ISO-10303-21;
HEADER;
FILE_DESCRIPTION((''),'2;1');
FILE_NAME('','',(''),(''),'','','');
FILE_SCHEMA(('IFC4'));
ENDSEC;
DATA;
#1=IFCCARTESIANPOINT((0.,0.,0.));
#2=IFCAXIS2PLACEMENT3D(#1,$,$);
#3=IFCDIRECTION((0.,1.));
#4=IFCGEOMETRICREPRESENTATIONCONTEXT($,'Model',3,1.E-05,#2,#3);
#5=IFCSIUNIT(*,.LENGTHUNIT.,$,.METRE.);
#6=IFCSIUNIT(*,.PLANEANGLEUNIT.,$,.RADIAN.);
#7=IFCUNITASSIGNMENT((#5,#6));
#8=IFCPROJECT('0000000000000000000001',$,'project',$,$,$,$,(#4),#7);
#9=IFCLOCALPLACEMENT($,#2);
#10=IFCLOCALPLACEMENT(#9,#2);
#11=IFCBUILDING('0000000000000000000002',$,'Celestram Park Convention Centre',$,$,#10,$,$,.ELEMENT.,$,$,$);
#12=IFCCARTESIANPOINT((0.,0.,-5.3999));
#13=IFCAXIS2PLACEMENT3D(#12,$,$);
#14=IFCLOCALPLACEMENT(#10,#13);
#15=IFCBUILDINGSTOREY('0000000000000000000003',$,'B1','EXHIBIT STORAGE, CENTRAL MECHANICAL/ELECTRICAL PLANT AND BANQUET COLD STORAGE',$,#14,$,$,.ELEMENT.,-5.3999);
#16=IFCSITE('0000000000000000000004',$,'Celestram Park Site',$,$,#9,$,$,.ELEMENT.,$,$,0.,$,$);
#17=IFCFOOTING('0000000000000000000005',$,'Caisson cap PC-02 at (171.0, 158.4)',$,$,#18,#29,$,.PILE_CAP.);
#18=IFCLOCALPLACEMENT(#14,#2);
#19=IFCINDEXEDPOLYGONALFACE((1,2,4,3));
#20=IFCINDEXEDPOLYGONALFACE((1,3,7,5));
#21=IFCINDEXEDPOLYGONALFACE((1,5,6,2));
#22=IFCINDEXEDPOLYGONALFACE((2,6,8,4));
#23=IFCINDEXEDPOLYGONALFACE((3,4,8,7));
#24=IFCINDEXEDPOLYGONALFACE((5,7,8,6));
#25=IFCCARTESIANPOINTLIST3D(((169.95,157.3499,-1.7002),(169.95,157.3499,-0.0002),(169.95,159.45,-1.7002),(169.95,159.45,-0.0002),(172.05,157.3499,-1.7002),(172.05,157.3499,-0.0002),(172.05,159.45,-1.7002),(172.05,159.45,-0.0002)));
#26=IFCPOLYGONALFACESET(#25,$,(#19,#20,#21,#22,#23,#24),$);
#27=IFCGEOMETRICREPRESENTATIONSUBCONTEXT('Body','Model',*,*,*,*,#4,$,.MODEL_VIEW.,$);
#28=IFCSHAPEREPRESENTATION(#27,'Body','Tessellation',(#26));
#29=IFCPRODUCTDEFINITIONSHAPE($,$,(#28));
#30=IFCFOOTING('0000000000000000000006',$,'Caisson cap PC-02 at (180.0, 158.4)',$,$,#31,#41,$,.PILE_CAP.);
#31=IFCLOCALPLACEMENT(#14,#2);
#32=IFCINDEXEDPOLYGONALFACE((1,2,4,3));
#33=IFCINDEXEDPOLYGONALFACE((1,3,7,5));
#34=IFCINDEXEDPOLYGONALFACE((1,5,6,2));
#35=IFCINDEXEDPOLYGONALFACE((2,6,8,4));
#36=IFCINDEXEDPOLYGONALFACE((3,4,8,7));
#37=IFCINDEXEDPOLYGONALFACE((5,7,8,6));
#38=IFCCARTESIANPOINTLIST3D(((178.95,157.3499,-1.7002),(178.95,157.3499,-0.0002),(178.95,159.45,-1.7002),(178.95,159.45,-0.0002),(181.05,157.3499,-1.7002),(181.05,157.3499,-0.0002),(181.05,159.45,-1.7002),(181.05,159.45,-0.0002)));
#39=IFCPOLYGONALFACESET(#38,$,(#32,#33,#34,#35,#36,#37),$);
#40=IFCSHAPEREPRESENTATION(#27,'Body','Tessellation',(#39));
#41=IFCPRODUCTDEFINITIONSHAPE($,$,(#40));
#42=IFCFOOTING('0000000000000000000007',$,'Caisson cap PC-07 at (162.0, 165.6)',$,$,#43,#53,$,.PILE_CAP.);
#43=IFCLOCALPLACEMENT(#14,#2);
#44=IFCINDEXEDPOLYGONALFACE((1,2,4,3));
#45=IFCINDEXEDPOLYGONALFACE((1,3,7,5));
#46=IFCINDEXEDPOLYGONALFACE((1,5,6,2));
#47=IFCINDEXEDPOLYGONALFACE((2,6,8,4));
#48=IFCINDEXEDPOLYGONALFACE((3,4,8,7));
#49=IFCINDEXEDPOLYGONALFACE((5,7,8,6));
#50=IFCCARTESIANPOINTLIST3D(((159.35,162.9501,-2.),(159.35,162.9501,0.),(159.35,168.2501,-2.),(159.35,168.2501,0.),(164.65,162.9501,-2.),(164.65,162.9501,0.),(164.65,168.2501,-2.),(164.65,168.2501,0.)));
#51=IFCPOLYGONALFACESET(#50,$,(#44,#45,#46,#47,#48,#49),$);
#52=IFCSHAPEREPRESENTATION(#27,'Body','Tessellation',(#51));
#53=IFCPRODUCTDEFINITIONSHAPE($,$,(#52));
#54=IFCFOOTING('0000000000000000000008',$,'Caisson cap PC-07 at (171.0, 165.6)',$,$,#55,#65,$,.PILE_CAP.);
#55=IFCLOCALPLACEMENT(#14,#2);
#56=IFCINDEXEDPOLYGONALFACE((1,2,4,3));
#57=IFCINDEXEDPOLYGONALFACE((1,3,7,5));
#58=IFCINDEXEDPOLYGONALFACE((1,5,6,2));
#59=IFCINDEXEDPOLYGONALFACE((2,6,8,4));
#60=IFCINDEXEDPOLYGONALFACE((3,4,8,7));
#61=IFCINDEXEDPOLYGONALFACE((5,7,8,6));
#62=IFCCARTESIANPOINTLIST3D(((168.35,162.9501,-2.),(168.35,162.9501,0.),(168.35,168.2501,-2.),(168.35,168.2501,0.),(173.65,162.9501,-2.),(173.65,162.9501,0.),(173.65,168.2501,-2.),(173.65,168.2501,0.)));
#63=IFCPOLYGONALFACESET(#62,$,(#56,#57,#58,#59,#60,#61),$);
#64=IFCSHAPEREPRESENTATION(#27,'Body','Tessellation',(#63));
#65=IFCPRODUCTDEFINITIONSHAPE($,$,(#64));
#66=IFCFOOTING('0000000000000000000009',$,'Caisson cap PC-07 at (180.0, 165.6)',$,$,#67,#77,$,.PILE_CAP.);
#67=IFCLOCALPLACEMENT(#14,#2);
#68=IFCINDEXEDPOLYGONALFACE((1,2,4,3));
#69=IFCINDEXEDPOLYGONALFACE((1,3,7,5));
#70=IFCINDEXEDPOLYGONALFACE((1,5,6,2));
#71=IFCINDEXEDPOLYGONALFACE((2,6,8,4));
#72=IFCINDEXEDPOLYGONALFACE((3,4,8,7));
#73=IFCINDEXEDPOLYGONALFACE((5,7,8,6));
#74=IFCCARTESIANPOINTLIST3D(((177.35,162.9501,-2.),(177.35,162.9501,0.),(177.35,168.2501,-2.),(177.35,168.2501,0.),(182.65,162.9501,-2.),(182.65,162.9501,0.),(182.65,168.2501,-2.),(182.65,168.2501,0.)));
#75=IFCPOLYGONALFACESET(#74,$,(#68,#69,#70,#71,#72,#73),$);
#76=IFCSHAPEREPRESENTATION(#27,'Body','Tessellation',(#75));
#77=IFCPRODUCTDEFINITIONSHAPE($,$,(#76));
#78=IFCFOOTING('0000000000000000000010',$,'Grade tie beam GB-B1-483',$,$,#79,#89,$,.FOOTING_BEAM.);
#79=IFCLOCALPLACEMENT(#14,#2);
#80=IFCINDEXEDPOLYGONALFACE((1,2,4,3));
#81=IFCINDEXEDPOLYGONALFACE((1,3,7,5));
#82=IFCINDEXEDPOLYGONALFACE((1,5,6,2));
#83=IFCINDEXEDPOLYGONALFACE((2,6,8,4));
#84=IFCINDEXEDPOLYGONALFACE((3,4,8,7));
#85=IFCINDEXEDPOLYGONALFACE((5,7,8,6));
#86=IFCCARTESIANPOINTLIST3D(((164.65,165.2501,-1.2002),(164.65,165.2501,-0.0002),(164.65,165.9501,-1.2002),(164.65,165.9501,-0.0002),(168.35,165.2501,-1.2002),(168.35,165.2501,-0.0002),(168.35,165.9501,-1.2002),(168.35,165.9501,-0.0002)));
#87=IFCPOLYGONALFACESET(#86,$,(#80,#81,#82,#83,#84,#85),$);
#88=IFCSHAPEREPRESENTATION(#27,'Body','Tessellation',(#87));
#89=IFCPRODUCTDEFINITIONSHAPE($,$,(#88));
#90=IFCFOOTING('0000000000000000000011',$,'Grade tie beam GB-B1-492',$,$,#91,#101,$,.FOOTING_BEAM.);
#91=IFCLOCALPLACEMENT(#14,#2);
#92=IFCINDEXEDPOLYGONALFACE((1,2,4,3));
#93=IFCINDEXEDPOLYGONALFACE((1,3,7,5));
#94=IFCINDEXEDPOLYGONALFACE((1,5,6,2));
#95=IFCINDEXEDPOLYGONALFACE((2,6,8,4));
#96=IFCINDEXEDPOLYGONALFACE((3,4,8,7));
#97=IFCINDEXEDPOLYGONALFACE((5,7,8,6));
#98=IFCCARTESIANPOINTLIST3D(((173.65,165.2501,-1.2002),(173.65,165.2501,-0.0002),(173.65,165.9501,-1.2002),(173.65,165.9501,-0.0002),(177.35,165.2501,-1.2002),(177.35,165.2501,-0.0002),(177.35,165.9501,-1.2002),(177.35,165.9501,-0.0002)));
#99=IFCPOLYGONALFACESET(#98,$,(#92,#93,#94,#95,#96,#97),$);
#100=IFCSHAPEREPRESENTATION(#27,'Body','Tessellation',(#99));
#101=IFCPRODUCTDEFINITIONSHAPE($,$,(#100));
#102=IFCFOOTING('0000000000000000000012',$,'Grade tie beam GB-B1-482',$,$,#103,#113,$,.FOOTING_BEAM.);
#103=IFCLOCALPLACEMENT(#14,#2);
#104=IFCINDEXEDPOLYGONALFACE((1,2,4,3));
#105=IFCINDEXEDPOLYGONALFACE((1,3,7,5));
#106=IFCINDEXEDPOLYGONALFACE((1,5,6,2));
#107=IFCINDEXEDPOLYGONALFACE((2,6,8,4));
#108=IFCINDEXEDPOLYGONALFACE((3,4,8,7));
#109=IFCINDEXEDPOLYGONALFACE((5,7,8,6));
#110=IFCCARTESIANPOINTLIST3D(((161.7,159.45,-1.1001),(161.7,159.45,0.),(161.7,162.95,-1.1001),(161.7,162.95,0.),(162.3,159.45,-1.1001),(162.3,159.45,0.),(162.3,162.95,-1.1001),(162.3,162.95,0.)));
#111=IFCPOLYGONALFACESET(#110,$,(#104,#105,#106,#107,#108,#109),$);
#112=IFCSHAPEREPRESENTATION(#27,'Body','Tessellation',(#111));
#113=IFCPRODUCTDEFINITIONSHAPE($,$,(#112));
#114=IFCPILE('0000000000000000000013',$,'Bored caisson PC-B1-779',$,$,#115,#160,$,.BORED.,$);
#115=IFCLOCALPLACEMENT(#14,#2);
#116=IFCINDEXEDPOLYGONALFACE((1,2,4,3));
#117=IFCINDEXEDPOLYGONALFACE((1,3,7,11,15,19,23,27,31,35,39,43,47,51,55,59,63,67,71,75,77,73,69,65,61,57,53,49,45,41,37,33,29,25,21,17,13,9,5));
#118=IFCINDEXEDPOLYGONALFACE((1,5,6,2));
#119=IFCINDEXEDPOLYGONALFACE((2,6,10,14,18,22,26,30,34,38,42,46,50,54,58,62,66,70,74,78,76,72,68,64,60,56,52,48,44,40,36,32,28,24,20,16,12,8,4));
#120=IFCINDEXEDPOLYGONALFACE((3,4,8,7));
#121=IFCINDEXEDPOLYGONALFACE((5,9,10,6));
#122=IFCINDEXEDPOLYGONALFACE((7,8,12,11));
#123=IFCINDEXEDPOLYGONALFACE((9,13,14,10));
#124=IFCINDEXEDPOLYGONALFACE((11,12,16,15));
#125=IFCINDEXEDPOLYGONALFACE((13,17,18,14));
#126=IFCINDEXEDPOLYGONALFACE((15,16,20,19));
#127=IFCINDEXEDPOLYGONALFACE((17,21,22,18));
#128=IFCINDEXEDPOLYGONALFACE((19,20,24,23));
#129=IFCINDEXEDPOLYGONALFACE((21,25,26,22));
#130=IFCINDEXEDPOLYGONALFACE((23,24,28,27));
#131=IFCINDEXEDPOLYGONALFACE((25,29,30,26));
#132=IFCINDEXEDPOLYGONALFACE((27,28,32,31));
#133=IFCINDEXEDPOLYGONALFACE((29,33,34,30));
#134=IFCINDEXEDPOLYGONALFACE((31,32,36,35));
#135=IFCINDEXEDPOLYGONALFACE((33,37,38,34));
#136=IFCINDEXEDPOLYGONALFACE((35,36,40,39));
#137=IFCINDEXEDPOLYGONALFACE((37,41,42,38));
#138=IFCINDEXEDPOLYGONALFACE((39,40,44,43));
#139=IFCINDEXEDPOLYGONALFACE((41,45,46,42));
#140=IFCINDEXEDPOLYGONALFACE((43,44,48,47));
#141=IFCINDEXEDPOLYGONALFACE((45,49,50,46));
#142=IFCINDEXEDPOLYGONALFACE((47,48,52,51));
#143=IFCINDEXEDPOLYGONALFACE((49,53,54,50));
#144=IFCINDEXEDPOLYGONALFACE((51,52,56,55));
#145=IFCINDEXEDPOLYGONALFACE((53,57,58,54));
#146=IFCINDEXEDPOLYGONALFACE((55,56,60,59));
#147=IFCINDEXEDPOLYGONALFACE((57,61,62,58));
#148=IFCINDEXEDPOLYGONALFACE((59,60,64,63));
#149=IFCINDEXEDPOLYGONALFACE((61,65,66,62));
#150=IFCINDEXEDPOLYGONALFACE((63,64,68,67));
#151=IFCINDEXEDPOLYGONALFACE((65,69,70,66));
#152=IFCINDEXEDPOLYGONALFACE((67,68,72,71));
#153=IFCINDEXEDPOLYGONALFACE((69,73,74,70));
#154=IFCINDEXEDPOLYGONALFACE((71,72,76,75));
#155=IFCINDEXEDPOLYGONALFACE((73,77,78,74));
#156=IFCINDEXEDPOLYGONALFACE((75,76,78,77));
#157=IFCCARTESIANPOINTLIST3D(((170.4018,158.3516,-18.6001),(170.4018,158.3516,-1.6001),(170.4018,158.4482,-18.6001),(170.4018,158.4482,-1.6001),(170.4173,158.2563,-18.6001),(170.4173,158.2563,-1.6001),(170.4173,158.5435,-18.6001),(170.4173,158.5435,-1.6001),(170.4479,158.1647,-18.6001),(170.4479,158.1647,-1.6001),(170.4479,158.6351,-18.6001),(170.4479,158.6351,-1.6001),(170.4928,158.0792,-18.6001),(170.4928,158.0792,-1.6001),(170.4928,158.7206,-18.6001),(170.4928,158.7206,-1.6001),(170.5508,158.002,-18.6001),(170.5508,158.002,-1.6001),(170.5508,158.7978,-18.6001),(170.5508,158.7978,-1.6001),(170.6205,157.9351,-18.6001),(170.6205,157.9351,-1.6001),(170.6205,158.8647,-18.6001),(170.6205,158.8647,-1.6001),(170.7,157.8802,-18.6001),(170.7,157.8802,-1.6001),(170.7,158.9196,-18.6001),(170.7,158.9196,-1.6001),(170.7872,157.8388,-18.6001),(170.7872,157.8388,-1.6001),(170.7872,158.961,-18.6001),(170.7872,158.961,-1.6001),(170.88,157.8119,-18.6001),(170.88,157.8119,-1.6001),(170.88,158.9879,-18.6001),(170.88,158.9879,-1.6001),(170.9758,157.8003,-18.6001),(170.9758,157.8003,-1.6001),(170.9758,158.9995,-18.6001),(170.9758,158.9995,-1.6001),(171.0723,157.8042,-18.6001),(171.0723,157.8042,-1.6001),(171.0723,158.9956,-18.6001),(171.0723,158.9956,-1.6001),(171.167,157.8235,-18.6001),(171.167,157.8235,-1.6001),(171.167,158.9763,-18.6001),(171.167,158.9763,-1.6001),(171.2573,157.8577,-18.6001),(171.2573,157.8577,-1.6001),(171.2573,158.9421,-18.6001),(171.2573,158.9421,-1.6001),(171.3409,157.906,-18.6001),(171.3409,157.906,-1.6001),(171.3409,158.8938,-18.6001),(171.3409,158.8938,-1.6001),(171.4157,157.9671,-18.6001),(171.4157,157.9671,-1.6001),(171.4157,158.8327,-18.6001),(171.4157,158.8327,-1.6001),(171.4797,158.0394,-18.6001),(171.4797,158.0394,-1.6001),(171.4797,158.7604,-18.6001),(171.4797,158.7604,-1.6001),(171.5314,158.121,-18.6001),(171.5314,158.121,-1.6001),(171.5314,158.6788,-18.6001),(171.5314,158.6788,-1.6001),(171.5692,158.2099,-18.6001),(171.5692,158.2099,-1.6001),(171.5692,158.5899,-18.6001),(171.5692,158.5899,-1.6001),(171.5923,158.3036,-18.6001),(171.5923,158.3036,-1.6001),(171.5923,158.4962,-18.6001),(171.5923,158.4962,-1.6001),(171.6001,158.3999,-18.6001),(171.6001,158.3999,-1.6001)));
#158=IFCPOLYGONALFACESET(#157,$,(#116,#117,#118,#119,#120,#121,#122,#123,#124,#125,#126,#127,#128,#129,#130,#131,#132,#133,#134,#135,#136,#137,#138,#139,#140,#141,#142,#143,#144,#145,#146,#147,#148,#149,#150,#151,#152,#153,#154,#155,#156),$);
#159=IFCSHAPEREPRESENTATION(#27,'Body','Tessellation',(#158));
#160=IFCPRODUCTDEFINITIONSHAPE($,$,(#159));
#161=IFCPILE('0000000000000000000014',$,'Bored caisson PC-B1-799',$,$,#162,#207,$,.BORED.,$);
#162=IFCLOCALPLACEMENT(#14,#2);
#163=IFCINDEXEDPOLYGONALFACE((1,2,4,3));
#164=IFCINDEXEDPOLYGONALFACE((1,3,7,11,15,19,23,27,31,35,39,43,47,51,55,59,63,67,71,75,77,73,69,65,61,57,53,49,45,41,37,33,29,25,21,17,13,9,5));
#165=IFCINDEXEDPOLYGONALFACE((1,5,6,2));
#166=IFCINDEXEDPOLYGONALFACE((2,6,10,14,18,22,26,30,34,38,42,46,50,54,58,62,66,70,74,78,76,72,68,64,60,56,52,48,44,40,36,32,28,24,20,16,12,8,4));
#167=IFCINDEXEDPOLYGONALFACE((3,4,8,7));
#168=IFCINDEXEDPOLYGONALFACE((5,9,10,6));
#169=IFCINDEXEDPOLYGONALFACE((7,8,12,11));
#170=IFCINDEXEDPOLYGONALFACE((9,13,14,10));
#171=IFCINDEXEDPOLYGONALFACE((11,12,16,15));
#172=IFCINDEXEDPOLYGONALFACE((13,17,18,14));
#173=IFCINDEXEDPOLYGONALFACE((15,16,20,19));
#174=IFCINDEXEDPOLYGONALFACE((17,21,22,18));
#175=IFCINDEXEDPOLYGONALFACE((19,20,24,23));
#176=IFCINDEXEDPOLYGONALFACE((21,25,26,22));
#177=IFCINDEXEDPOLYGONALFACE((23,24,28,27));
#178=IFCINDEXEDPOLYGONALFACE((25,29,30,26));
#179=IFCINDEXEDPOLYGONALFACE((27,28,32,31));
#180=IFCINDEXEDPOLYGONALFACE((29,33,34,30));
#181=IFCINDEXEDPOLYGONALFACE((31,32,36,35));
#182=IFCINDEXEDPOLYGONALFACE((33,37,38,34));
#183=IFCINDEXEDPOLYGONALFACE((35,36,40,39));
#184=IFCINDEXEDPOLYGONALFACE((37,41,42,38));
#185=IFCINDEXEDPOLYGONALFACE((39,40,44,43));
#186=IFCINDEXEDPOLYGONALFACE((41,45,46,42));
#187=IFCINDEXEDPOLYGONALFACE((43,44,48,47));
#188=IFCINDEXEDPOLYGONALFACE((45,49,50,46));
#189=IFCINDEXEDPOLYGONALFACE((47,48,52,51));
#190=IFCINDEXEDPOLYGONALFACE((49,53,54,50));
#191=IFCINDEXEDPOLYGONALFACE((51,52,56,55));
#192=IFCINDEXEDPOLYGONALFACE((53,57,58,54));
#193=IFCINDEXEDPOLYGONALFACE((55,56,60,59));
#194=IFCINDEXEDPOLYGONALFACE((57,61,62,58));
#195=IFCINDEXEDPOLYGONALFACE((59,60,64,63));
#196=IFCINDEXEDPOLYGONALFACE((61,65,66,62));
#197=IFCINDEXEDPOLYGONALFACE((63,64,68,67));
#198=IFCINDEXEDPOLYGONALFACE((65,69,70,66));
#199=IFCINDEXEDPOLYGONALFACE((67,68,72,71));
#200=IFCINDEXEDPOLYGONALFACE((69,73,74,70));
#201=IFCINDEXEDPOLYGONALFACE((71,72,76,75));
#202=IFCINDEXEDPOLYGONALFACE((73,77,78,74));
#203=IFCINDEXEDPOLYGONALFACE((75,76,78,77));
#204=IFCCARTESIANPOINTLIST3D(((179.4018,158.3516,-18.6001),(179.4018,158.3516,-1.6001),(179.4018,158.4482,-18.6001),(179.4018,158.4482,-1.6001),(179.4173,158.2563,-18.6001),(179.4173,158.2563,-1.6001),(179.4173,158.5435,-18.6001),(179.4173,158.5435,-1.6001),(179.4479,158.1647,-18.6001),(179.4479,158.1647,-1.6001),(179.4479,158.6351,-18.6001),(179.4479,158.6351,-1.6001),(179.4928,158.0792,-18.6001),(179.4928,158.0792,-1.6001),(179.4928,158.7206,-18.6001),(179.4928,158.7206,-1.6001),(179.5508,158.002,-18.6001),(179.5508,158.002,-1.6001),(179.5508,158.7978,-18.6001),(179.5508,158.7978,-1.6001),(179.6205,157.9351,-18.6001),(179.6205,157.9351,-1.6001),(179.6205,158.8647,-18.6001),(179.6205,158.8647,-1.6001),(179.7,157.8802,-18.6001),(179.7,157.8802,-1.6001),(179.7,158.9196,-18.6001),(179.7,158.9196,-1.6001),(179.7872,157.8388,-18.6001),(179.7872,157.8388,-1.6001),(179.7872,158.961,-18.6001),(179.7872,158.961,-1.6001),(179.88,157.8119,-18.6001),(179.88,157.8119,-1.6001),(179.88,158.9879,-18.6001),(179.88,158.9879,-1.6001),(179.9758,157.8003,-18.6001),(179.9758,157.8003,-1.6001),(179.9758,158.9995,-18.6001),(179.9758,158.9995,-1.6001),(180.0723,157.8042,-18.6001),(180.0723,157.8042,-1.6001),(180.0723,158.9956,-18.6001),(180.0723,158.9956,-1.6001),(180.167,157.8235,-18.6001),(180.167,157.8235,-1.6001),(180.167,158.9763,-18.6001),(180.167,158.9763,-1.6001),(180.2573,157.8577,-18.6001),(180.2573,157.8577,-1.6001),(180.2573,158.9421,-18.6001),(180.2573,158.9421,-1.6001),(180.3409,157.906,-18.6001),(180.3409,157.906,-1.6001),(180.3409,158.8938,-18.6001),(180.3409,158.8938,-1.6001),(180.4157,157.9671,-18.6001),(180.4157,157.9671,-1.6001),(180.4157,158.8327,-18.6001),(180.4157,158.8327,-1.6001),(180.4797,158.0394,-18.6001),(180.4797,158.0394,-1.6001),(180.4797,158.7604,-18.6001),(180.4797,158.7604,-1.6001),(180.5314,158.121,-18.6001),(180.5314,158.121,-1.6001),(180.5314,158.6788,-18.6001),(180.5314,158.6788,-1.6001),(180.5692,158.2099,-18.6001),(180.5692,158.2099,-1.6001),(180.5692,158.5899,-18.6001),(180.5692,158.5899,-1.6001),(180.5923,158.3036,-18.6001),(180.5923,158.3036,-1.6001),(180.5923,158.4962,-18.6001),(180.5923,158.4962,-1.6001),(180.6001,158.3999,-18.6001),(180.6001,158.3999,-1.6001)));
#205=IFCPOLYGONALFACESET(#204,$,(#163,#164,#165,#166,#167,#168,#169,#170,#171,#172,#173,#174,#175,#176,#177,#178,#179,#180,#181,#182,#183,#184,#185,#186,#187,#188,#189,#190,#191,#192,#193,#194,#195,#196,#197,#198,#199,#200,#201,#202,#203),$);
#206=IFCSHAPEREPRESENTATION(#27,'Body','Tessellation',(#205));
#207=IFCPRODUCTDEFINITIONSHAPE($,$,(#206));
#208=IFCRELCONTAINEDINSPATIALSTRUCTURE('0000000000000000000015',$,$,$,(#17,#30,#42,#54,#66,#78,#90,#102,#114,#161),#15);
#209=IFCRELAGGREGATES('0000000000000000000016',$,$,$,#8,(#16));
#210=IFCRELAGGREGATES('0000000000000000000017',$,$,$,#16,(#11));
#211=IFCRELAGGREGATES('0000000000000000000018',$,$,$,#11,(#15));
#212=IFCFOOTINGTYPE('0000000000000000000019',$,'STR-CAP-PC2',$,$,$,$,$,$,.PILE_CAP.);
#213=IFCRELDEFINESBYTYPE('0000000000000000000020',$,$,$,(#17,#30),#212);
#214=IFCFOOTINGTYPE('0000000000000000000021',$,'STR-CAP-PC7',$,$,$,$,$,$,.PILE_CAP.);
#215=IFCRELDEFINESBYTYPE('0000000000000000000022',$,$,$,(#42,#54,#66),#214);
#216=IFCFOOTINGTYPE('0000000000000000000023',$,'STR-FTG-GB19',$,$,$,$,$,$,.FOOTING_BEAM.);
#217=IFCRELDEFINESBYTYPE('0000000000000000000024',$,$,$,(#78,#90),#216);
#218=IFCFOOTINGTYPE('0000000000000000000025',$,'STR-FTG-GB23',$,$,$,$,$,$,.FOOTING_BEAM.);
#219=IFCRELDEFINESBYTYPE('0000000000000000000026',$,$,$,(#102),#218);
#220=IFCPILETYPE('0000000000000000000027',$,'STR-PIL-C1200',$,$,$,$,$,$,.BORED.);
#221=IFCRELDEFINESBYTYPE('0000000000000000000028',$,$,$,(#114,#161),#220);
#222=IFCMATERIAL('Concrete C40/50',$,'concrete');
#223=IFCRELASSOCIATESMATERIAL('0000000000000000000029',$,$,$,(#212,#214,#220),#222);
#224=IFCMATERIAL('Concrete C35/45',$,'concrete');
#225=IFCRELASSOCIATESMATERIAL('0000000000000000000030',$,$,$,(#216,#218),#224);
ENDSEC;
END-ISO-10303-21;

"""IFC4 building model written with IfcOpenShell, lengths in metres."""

from ifc_helpers import new_model, si_unit, direction, frame, origin, origin_2d, place, context, subcontext, project, spatial, rectangle, circle, extrude, material, material_profile, profile_set, type_object, element, save


model = new_model("IFC4")

# Units and contexts
model_context = context("Model", 3, precision=1e-05, world=origin(), true_north=direction((0.0, 1.0)))
body_context = subcontext(model_context, "Body", "Model", "MODEL_VIEW")
ifc_project = project(units=[si_unit("LENGTHUNIT", "METRE"), si_unit("PLANEANGLEUNIT", "RADIAN")], contexts=[model_context])

# Site, building, storey
site_placement = place(None, origin())
site = spatial("IfcSite", under=ifc_project, at=site_placement, Name="Celestram Park Site", CompositionType="ELEMENT", RefElevation=0.0)
building_placement = place(site_placement, origin())
building = spatial("IfcBuilding", under=site, at=building_placement, Name="Celestram Park Convention Centre", CompositionType="ELEMENT")
storey_placement = place(building_placement, frame((0.0, 0.0, -5.3999)))
storey = spatial("IfcBuildingStorey", under=building, at=storey_placement, Name="B1", Description="EXHIBIT STORAGE, CENTRAL MECHANICAL/ELECTRICAL PLANT AND BANQUET COLD STORAGE", CompositionType="ELEMENT", Elevation=-5.3999)

# Footings
ifc_material_1 = material(Name="Concrete C40/50", Category="concrete")
footing_type_1 = type_object("IfcFootingType", Name="STR-CAP-PC2", PredefinedType="PILE_CAP", material=ifc_material_1)
for number, where, z_axis, x_axis, name in (
    (1, (171.0, 158.3999, -1.7002), (0.0, 0.0, 1.0), (1.0, 0.0, 0.0), "Caisson cap PC-02 at (171.0, 158.4)"),
    (2, (180.0, 158.3999, -1.7002), (0.0, 0.0, 1.0), (1.0, 0.0, 0.0), "Caisson cap PC-02 at (180.0, 158.4)"),
):
    element("IfcFooting", number, at=place(storey_placement, frame(where, z_axis=z_axis, x_axis=x_axis)), inside=storey, type_object=footing_type_1, Name=name, PredefinedType="PILE_CAP", context=body_context, shape_type="SweptSolid", body=[
        extrude(rectangle(XDim=2.1001, YDim=2.1001, at=origin_2d()), origin(), (0.0, 0.0, 1.0), 1.7),
    ])
footing_type_2 = type_object("IfcFootingType", Name="STR-CAP-PC7", PredefinedType="PILE_CAP", material=ifc_material_1)
for number, where, z_axis, x_axis, name in (
    (3, (162.0, 165.6001, -2.0), (0.0, 0.0, 1.0), (1.0, 0.0, 0.0), "Caisson cap PC-07 at (162.0, 165.6)"),
    (4, (171.0, 165.6001, -2.0), (0.0, 0.0, 1.0), (1.0, 0.0, 0.0), "Caisson cap PC-07 at (171.0, 165.6)"),
    (5, (180.0, 165.6001, -2.0), (0.0, 0.0, 1.0), (1.0, 0.0, 0.0), "Caisson cap PC-07 at (180.0, 165.6)"),
):
    element("IfcFooting", number, at=place(storey_placement, frame(where, z_axis=z_axis, x_axis=x_axis)), inside=storey, type_object=footing_type_2, Name=name, PredefinedType="PILE_CAP", context=body_context, shape_type="SweptSolid", body=[
        extrude(rectangle(XDim=5.3, YDim=5.3, at=origin_2d()), origin(), (0.0, 0.0, 1.0), 2.0),
    ])
ifc_material_2 = material(Name="Concrete C35/45", Category="concrete")
footing_type_3 = type_object("IfcFootingType", Name="STR-FTG-GB19", PredefinedType="FOOTING_BEAM", material=ifc_material_2)
for number, where, z_axis, x_axis, name in (
    (6, (166.5, 165.6001, -1.2002), (0.0, 0.0, 1.0), (1.0, 0.0, 0.0), "Grade tie beam GB-B1-483"),
    (7, (175.5, 165.6001, -1.2002), (0.0, 0.0, 1.0), (1.0, 0.0, 0.0), "Grade tie beam GB-B1-492"),
):
    element("IfcFooting", number, at=place(storey_placement, frame(where, z_axis=z_axis, x_axis=x_axis)), inside=storey, type_object=footing_type_3, Name=name, PredefinedType="FOOTING_BEAM", context=body_context, shape_type="SweptSolid", body=[
        extrude(rectangle(XDim=3.7, YDim=0.7, at=origin_2d()), origin(), (0.0, 0.0, 1.0), 1.2),
    ])
footing_type_4 = type_object("IfcFootingType", Name="STR-FTG-GB23", PredefinedType="FOOTING_BEAM", material=ifc_material_2)
footing_placement = place(storey_placement, frame((162.0, 161.2, -1.1001), z_axis=(0.0, 0.0, 1.0), x_axis=(0.0, 1.0, 0.0)))
element("IfcFooting", 8, at=footing_placement, inside=storey, type_object=footing_type_4, Name="Grade tie beam GB-B1-482", PredefinedType="FOOTING_BEAM", context=body_context, shape_type="SweptSolid", body=[
    extrude(rectangle(XDim=3.5, YDim=0.6001, at=origin_2d()), origin(), (0.0, 0.0, 1.0), 1.1001),
])

# Piles
ifc_material_profile_1 = material_profile(ifc_material_1, circle(Radius=0.6001, at=origin_2d()), Name="CAISSON1200")
ifc_profile_set_1 = profile_set([ifc_material_profile_1], Name="Concrete C40/50")
pile_type_1 = type_object("IfcPileType", Name="STR-PIL-C1200", PredefinedType="BORED", material=ifc_profile_set_1)
for number, where, z_axis, x_axis, name in (
    (9, (171.0, 158.3999, -1.6001), (0.0, 0.0, -1.0), (1.0, 0.0, 0.0), "Bored caisson PC-B1-779"),
    (10, (180.0, 158.3999, -1.6001), (0.0, 0.0, -1.0), (1.0, 0.0, 0.0), "Bored caisson PC-B1-799"),
):
    element("IfcPile", number, at=place(storey_placement, frame(where, z_axis=z_axis, x_axis=x_axis)), inside=storey, type_object=pile_type_1, Name=name, PredefinedType="BORED", context=body_context, shape_type="SweptSolid", body=[
        extrude(circle(Radius=0.6001, at=origin_2d()), origin(), (0.0, 0.0, 1.0), 17.0),
    ])

save(model, "model.ifc")
